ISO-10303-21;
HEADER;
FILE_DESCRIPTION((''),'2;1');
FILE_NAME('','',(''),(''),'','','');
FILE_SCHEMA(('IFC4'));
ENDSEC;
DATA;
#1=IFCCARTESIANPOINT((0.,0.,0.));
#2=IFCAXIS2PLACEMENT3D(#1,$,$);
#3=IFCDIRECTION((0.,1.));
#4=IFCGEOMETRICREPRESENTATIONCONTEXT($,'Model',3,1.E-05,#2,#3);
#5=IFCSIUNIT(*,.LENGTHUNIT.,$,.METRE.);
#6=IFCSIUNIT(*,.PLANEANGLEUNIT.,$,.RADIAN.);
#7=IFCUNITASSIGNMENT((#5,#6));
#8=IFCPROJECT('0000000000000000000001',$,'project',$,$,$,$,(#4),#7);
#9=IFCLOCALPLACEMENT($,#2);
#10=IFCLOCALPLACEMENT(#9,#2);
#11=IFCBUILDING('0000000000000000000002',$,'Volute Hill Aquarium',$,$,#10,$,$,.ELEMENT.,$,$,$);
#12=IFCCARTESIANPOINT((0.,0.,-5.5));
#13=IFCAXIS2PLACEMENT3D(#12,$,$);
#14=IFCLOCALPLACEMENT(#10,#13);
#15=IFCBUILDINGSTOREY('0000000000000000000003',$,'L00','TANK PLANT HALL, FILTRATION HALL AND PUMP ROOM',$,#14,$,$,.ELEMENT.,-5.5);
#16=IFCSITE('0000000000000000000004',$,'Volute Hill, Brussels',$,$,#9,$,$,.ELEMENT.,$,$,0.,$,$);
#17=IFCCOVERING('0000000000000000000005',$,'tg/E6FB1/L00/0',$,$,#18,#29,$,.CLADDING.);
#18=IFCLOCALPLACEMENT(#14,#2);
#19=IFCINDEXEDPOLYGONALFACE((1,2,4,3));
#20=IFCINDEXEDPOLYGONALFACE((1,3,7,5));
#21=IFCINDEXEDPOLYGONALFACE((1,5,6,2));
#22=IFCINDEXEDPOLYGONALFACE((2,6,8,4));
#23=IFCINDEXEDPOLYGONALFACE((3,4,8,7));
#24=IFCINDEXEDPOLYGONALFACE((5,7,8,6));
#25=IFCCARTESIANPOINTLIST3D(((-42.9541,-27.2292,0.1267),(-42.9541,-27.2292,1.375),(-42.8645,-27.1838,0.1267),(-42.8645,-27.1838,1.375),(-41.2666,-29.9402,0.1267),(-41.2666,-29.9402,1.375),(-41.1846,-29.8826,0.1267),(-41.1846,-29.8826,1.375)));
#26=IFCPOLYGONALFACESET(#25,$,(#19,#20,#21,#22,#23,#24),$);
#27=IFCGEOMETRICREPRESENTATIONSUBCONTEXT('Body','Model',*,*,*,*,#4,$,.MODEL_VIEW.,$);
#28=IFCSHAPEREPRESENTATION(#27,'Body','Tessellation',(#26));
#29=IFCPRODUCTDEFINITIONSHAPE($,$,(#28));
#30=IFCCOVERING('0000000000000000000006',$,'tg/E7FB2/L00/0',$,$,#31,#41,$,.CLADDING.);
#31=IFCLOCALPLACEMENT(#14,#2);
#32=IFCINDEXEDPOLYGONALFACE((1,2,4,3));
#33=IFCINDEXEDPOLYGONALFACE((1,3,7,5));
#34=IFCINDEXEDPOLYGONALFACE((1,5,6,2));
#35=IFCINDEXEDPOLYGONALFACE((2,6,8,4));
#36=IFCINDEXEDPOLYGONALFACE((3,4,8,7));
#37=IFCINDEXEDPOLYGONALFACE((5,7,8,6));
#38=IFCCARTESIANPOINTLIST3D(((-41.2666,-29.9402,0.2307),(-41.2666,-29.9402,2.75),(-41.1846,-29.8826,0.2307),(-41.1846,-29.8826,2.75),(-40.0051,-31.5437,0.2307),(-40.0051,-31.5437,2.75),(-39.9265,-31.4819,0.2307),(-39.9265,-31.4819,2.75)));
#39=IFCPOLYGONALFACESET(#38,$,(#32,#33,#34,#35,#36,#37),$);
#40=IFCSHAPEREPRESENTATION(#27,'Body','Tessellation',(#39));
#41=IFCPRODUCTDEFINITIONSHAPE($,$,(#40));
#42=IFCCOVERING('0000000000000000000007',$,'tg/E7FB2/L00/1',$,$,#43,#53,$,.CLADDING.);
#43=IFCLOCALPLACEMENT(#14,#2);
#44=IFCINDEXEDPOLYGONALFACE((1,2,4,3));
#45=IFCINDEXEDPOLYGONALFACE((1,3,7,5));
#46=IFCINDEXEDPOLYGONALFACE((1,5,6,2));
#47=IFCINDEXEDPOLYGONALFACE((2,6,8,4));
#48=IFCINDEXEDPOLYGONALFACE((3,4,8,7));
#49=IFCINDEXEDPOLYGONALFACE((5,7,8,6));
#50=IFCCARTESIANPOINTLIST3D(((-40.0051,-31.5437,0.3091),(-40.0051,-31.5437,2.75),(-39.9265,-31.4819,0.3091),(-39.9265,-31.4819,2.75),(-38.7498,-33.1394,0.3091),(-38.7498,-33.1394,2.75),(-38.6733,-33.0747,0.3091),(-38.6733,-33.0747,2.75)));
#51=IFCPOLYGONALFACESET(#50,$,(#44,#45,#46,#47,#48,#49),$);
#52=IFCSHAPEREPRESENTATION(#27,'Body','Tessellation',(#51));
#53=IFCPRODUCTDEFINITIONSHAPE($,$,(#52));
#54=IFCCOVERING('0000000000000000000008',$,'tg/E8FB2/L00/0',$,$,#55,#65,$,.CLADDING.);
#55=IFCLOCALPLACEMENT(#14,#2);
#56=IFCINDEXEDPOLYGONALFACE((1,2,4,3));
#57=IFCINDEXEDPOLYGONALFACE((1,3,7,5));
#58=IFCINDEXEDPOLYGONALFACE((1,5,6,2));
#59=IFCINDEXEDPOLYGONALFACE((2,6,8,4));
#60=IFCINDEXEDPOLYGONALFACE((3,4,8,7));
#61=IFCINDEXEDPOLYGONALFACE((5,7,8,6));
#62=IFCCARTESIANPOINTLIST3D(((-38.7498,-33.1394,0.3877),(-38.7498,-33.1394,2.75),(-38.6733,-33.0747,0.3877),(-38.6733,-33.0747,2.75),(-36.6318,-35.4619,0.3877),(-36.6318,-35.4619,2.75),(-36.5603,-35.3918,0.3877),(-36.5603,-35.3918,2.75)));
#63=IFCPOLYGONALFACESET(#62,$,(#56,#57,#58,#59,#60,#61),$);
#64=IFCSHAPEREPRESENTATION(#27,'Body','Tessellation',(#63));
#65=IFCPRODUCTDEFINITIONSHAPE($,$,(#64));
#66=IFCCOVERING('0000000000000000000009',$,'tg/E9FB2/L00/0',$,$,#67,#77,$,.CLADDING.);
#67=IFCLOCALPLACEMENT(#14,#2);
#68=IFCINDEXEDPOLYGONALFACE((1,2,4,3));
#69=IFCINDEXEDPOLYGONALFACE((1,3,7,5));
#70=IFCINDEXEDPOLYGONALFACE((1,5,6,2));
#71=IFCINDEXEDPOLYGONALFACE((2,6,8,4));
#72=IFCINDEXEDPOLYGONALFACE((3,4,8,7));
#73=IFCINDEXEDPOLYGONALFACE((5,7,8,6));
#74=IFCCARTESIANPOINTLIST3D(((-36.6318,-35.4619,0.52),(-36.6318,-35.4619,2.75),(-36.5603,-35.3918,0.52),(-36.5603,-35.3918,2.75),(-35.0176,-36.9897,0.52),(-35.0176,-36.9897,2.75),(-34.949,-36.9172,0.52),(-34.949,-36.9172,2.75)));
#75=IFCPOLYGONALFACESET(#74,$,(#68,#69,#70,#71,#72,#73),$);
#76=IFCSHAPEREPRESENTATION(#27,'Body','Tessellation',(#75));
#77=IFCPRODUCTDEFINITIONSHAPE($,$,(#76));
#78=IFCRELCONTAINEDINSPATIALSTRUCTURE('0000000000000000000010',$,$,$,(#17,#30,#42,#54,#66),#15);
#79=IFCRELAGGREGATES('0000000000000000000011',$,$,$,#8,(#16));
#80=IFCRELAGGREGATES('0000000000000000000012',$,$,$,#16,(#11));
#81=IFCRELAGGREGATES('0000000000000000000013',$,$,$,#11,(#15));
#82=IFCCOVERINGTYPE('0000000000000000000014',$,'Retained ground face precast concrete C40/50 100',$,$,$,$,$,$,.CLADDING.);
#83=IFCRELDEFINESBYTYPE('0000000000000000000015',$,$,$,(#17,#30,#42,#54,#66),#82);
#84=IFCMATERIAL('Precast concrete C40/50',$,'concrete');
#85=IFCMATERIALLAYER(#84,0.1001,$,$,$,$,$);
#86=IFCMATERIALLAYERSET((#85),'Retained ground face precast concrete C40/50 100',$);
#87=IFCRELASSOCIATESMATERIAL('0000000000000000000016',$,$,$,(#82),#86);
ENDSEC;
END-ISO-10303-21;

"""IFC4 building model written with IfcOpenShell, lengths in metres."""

from ifc_helpers import new_model, si_unit, direction, frame, origin, place, context, subcontext, project, spatial, polyline, outline, extrude, material, layer, layer_set, type_object, element, save


model = new_model("IFC4")

# Units and contexts
model_context = context("Model", 3, precision=1e-05, world=origin(), true_north=direction((0.0, 1.0)))
body_context = subcontext(model_context, "Body", "Model", "MODEL_VIEW")
ifc_project = project(units=[si_unit("LENGTHUNIT", "METRE"), si_unit("PLANEANGLEUNIT", "RADIAN")], contexts=[model_context])

# Site, building, storey
site_placement = place(None, origin())
site = spatial("IfcSite", under=ifc_project, at=site_placement, Name="Volute Hill, Brussels", CompositionType="ELEMENT", RefElevation=0.0)
building_placement = place(site_placement, origin())
building = spatial("IfcBuilding", under=site, at=building_placement, Name="Volute Hill Aquarium", CompositionType="ELEMENT")
storey_placement = place(building_placement, frame((0.0, 0.0, -5.5)))
storey = spatial("IfcBuildingStorey", under=building, at=storey_placement, Name="L00", Description="TANK PLANT HALL, FILTRATION HALL AND PUMP ROOM", CompositionType="ELEMENT", Elevation=-5.5)

# Coverings
ifc_material_1 = material(Name="Precast concrete C40/50", Category="concrete")
ifc_layer_1 = layer(ifc_material_1, 0.1001)
ifc_layer_set_1 = layer_set([ifc_layer_1], Name="Retained ground face precast concrete C40/50 100")
covering_type_1 = type_object("IfcCoveringType", Name="Retained ground face precast concrete C40/50 100", PredefinedType="CLADDING", material=ifc_layer_set_1)
covering_1_placement = place(storey_placement, frame((0.0, 0.0, 0.1267)))
element("IfcCovering", 1, at=covering_1_placement, inside=storey, type_object=covering_type_1, Name="tg/E6FB1/L00/0", PredefinedType="CLADDING", context=body_context, shape_type="SweptSolid", body=[
    extrude(outline(polyline([(-42.9541, -27.2292), (-41.2666, -29.9402), (-41.1846, -29.8826), (-41.1846, -29.8826), (-42.8645, -27.1838), (-42.8645, -27.1838), (-42.9541, -27.2292), (-42.9541, -27.2292)])), origin(), (0.0, 0.0, 1.0), 1.2483),
])
covering_2_placement = place(storey_placement, frame((0.0, 0.0, 0.2307)))
element("IfcCovering", 2, at=covering_2_placement, inside=storey, type_object=covering_type_1, Name="tg/E7FB2/L00/0", PredefinedType="CLADDING", context=body_context, shape_type="SweptSolid", body=[
    extrude(outline(polyline([(-41.2666, -29.9402), (-40.0051, -31.5437), (-39.9265, -31.4819), (-41.1846, -29.8826), (-41.2666, -29.9402)])), origin(), (0.0, 0.0, 1.0), 2.5193),
])
covering_3_placement = place(storey_placement, frame((0.0, 0.0, 0.3091)))
element("IfcCovering", 3, at=covering_3_placement, inside=storey, type_object=covering_type_1, Name="tg/E7FB2/L00/1", PredefinedType="CLADDING", context=body_context, shape_type="SweptSolid", body=[
    extrude(outline(polyline([(-40.0051, -31.5437), (-38.7498, -33.1394), (-38.6733, -33.0747), (-38.6733, -33.0747), (-39.9265, -31.4819), (-40.0051, -31.5437)])), origin(), (0.0, 0.0, 1.0), 2.4409),
])
covering_4_placement = place(storey_placement, frame((0.0, 0.0, 0.3877)))
element("IfcCovering", 4, at=covering_4_placement, inside=storey, type_object=covering_type_1, Name="tg/E8FB2/L00/0", PredefinedType="CLADDING", context=body_context, shape_type="SweptSolid", body=[
    extrude(outline(polyline([(-36.6318, -35.4619), (-36.6318, -35.4619), (-36.5603, -35.3918), (-38.6733, -33.0747), (-38.7498, -33.1394), (-38.7498, -33.1394), (-36.6318, -35.4619)])), origin(), (0.0, 0.0, 1.0), 2.3623),
])
covering_5_placement = place(storey_placement, frame((0.0, 0.0, 0.52)))
element("IfcCovering", 5, at=covering_5_placement, inside=storey, type_object=covering_type_1, Name="tg/E9FB2/L00/0", PredefinedType="CLADDING", context=body_context, shape_type="SweptSolid", body=[
    extrude(outline(polyline([(-36.6318, -35.4619), (-35.0176, -36.9897), (-34.949, -36.9172), (-36.5603, -35.3918), (-36.5603, -35.3918), (-36.6318, -35.4619)])), origin(), (0.0, 0.0, 1.0), 2.23),
])

save(model, "model.ifc")
